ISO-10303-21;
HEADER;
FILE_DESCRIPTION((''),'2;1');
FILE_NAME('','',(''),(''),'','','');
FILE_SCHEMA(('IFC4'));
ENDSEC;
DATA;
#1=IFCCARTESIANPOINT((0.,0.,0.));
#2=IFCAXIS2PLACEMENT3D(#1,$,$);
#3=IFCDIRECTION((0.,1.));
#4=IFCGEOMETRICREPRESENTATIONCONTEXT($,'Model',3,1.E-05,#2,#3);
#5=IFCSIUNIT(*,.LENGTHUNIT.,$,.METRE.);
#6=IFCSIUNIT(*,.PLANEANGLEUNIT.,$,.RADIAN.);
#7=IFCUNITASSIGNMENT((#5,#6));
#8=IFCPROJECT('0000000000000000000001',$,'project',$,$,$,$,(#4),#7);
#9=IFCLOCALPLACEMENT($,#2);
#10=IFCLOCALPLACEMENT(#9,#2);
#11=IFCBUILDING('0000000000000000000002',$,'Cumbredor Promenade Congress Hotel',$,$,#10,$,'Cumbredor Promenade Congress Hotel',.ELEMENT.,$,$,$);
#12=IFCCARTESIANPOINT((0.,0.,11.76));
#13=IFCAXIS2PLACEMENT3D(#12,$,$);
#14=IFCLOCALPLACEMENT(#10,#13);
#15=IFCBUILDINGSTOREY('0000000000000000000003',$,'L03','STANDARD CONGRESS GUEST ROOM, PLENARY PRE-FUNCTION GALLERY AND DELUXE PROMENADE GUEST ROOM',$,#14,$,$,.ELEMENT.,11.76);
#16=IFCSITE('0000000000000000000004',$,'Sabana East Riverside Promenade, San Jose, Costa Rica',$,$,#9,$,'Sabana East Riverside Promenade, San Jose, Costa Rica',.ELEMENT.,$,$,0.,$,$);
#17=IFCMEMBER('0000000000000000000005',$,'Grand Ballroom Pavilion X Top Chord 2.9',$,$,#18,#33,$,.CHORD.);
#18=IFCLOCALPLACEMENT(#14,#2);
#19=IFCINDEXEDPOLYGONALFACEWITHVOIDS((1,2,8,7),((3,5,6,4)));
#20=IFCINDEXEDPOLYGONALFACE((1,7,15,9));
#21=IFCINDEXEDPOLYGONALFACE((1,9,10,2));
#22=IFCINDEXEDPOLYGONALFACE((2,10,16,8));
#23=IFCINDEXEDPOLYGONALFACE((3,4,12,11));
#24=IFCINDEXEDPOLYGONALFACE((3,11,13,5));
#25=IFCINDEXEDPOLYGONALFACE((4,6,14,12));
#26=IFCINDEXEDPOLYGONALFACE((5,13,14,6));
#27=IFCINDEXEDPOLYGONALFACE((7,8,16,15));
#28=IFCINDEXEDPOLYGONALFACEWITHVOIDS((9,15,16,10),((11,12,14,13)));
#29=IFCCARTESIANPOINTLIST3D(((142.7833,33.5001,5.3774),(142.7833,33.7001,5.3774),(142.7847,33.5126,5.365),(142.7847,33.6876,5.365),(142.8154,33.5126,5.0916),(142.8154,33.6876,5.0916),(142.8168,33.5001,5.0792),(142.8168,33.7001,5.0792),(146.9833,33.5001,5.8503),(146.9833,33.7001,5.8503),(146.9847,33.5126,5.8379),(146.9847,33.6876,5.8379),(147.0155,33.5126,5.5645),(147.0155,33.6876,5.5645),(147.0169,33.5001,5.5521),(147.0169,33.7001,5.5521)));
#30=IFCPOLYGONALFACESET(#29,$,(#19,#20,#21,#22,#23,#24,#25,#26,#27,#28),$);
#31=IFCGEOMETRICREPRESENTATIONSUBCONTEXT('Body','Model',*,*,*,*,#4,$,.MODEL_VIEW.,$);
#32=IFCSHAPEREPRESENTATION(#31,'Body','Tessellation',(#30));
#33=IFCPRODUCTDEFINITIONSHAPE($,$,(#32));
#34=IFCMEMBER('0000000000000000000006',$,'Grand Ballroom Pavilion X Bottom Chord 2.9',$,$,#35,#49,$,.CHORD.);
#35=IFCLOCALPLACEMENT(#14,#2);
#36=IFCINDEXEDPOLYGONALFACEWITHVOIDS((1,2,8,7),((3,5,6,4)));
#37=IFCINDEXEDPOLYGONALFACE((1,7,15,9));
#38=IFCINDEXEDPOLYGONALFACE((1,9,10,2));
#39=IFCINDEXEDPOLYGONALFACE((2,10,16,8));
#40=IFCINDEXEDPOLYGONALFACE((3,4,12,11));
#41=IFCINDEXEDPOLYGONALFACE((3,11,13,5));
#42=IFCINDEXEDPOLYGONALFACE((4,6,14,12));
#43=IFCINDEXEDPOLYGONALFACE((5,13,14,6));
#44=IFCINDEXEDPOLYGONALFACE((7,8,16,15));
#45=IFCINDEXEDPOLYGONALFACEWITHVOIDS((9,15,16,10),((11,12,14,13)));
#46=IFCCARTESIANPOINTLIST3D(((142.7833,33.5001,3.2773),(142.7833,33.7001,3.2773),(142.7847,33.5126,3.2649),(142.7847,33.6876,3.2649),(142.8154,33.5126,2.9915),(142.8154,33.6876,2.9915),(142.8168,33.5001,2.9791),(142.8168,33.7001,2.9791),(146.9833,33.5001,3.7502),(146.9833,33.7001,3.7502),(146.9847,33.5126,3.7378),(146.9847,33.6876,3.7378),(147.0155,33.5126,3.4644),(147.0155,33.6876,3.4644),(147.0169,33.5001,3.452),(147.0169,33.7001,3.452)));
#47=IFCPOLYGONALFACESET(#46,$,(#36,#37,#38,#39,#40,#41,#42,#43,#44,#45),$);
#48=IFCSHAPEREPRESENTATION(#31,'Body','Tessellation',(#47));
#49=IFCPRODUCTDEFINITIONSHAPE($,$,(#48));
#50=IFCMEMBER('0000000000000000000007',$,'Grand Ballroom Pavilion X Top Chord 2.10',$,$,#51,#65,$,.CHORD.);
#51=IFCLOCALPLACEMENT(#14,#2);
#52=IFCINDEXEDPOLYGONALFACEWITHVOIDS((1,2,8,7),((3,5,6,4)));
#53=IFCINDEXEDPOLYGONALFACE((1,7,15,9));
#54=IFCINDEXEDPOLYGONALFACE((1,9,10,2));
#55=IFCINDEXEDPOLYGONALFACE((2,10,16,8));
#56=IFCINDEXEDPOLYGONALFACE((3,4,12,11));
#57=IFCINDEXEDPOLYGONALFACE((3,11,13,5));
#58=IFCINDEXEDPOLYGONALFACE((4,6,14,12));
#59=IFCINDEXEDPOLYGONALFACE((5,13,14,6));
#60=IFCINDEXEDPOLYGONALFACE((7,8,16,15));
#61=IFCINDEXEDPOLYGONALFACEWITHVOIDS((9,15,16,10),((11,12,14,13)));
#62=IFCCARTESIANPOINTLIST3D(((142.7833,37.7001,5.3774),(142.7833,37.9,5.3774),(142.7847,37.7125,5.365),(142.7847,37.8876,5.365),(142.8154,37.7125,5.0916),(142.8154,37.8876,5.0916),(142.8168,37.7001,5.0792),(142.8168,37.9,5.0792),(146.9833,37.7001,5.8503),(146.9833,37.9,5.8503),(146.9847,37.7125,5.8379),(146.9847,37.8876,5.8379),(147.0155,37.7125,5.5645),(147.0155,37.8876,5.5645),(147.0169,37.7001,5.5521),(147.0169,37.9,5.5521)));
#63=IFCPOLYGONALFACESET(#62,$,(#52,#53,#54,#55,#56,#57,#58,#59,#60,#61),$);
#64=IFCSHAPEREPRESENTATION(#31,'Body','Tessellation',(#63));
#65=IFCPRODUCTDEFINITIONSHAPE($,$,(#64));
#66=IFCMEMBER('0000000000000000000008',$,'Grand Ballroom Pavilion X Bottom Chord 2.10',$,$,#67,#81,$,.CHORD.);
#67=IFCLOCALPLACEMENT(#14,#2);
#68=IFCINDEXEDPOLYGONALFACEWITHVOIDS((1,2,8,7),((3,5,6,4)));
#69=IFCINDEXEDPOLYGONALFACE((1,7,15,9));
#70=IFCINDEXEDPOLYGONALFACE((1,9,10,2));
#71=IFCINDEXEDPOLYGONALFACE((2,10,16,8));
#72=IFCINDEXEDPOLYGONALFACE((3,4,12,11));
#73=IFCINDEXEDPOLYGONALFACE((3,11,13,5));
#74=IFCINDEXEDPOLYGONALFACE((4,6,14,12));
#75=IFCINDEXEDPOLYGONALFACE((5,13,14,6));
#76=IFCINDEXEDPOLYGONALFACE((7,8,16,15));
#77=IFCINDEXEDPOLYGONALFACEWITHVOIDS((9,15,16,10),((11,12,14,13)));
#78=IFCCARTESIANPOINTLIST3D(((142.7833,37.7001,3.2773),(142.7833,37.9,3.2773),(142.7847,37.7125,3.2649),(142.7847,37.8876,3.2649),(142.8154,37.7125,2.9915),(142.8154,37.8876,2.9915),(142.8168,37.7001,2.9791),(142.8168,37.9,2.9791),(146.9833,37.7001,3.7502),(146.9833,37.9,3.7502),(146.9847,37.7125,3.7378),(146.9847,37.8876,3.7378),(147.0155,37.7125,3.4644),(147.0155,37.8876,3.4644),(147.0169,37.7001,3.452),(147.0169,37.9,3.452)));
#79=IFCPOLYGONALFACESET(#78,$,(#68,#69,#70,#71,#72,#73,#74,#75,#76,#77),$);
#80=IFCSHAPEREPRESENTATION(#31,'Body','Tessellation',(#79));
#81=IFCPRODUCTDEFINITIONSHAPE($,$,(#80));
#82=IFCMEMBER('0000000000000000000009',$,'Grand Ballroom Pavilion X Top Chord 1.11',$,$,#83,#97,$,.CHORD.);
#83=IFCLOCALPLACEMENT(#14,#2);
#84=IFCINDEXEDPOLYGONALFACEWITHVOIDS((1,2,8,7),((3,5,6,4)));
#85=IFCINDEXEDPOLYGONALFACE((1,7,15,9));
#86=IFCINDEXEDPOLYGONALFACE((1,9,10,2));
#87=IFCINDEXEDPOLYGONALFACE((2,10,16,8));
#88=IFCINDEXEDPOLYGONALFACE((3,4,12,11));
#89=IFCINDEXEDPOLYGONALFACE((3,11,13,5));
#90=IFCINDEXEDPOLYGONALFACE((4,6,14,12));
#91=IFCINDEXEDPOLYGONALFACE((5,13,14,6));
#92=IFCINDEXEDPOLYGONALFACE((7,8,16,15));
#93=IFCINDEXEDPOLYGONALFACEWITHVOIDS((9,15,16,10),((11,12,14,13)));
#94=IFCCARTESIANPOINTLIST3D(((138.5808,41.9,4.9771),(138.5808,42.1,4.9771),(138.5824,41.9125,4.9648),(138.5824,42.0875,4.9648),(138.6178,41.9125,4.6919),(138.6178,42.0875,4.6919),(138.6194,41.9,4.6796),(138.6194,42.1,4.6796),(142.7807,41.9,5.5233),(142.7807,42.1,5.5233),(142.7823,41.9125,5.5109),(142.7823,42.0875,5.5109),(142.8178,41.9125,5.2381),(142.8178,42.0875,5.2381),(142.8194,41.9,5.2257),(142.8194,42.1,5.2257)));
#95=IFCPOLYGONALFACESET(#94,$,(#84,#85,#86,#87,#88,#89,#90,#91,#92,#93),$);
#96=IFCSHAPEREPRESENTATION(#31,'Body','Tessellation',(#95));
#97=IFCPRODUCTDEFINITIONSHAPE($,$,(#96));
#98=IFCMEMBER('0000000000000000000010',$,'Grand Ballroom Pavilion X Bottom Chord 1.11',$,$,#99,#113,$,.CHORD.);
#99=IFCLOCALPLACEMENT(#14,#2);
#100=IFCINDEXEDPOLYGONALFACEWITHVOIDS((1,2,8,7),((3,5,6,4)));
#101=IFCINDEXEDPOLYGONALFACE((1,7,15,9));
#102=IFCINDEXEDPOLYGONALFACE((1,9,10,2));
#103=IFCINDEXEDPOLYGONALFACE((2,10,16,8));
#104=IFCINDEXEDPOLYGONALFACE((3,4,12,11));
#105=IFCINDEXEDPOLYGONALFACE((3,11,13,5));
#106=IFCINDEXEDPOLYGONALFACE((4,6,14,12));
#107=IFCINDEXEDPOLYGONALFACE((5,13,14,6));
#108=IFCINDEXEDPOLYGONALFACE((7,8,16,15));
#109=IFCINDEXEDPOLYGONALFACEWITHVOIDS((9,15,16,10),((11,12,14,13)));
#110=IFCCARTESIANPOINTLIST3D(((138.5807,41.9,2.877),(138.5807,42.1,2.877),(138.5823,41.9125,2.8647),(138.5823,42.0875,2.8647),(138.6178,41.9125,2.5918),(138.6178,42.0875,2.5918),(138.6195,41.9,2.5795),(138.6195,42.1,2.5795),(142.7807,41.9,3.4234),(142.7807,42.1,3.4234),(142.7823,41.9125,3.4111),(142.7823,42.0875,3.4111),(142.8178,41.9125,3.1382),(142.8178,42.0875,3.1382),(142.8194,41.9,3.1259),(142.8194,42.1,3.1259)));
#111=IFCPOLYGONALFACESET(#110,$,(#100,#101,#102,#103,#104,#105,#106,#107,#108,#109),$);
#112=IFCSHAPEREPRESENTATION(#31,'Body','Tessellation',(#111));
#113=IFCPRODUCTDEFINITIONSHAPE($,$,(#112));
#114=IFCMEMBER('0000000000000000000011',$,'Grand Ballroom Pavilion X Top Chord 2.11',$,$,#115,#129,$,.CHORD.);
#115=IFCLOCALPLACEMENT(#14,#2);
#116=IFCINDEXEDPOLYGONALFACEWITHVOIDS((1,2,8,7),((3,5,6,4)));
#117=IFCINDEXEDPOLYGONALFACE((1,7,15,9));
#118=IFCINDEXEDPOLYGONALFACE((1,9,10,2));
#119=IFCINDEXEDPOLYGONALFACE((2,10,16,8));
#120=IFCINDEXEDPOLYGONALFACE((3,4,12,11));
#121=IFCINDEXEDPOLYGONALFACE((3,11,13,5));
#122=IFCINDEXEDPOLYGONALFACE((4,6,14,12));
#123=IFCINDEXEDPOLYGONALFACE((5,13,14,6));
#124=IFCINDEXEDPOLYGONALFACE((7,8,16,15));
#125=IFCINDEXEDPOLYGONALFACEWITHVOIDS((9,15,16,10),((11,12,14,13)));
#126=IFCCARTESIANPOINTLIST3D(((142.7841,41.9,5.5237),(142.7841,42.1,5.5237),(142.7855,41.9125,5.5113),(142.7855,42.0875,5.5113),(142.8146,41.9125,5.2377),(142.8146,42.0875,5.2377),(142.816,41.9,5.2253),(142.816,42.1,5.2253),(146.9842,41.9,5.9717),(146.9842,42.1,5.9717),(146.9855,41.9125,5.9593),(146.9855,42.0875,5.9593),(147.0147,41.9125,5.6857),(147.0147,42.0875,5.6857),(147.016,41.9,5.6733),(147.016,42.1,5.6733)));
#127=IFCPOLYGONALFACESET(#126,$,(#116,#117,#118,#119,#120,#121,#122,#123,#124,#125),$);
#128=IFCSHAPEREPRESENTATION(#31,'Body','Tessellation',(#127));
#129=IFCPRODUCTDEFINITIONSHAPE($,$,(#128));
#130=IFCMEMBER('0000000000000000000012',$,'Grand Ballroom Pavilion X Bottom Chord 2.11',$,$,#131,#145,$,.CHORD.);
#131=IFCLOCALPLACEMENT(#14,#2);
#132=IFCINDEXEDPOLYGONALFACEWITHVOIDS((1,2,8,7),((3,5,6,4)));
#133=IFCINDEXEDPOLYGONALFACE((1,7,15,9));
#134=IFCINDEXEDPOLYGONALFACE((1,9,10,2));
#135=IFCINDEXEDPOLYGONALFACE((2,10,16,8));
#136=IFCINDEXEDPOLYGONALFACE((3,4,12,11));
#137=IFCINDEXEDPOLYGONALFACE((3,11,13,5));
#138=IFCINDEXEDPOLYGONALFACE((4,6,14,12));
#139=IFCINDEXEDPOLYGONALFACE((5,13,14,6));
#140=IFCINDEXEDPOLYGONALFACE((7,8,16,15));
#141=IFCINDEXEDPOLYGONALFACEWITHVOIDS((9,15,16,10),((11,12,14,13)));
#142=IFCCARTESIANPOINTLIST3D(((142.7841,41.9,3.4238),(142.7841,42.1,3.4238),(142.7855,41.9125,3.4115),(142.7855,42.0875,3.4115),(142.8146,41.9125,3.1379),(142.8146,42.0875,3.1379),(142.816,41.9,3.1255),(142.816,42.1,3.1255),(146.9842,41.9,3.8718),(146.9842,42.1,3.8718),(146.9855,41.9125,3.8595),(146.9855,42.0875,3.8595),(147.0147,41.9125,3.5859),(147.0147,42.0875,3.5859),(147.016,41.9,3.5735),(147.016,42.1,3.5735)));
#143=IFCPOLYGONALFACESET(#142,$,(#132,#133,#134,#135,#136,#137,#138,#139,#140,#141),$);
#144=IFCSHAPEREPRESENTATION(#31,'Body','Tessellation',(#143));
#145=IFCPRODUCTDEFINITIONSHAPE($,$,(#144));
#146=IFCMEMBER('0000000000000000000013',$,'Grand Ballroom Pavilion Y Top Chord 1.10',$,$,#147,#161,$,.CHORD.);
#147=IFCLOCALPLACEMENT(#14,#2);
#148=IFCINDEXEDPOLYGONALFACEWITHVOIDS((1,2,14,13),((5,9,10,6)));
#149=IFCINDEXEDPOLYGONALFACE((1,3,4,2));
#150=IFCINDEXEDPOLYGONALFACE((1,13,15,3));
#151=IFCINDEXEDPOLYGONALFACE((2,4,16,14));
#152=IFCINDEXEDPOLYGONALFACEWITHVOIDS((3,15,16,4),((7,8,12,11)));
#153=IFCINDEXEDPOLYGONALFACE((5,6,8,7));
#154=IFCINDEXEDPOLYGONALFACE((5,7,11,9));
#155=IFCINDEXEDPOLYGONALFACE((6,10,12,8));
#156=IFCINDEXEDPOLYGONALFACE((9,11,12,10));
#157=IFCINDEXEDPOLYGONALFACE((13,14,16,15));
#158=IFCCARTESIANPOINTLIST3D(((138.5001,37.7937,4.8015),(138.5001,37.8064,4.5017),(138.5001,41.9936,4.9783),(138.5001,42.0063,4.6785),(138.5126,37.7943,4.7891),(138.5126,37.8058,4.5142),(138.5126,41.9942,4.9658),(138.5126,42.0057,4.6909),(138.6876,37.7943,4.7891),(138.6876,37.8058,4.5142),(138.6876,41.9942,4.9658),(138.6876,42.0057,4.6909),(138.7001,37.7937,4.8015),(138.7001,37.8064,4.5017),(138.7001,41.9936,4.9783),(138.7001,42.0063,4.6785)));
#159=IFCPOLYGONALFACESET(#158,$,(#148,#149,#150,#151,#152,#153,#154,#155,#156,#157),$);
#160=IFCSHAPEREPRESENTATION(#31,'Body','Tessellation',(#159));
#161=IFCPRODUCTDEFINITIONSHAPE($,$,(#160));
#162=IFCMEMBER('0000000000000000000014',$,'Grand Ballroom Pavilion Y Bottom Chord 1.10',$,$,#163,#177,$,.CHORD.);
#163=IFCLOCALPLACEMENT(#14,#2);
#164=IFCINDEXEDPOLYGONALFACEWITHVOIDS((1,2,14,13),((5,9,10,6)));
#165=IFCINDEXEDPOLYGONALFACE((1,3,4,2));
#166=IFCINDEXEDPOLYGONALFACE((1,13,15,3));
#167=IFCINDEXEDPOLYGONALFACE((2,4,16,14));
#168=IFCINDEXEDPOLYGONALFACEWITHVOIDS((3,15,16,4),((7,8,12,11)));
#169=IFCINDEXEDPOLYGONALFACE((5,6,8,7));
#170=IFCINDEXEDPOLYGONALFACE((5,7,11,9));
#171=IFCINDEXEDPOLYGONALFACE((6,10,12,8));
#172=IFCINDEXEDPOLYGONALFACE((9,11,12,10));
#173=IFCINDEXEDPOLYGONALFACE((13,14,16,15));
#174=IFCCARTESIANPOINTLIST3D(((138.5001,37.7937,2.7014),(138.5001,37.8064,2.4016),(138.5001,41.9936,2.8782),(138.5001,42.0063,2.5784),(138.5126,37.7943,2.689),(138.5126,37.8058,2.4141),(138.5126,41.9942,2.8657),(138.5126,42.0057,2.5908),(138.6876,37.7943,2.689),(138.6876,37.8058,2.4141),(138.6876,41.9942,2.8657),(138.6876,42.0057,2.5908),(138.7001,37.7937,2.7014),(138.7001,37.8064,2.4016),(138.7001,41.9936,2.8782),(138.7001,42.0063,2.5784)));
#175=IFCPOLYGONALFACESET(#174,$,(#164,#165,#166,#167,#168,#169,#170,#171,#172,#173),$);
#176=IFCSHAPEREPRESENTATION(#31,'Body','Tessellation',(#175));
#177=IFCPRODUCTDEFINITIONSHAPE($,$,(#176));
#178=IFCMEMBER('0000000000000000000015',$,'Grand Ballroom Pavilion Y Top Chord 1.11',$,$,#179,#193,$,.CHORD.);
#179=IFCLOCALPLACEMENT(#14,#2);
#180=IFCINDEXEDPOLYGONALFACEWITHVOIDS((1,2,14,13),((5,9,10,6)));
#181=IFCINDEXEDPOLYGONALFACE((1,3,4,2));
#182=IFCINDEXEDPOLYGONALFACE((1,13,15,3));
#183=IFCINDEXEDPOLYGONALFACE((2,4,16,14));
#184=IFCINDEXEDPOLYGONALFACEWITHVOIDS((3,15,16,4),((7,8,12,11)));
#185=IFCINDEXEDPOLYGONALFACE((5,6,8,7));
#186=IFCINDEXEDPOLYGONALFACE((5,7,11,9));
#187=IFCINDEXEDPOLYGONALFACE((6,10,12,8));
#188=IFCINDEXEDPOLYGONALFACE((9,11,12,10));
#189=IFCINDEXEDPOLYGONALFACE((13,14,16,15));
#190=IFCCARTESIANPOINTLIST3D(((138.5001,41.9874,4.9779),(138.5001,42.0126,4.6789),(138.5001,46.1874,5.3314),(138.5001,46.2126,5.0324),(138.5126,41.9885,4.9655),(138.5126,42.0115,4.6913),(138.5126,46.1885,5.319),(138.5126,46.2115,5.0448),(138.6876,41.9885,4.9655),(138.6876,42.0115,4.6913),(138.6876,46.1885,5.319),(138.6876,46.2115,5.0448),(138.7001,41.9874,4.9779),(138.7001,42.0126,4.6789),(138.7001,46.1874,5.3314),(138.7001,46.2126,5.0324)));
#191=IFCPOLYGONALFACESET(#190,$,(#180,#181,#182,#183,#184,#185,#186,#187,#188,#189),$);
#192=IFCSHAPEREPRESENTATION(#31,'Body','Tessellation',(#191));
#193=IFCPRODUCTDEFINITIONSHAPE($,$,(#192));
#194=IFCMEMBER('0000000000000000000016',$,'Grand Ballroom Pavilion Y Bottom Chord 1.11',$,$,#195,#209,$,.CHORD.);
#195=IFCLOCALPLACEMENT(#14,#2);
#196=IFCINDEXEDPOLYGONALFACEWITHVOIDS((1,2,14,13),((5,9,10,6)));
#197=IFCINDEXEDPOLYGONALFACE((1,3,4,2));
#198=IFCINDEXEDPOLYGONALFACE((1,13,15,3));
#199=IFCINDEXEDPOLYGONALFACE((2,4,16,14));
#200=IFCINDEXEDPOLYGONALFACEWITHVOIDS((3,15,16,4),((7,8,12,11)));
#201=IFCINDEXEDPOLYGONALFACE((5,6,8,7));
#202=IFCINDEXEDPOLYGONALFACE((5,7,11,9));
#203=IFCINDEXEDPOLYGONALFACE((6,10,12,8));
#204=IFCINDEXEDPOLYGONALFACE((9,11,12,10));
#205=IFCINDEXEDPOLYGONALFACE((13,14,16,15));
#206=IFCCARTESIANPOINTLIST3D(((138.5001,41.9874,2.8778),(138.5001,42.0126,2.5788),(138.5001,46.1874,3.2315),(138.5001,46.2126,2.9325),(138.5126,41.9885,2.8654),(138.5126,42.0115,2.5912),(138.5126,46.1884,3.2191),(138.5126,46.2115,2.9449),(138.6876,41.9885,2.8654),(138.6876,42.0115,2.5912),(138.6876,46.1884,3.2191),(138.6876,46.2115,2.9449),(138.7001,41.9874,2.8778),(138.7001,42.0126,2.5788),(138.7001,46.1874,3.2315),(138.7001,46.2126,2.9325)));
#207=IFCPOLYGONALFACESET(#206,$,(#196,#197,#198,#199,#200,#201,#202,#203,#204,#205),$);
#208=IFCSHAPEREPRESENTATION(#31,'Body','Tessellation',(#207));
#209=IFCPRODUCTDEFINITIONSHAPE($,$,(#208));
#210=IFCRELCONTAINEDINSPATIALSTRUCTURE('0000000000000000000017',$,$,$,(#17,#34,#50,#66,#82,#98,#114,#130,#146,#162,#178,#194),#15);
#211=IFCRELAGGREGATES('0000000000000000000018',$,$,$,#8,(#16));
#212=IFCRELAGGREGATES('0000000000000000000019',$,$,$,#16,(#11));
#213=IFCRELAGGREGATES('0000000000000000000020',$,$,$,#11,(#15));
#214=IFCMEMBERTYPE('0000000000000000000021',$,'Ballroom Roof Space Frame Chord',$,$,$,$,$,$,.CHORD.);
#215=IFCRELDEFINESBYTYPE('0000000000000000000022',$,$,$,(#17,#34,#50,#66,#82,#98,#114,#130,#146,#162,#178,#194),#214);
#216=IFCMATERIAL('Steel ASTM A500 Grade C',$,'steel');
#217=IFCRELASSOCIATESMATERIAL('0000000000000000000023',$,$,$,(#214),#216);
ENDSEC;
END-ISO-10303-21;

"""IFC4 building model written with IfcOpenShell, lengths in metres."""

from ifc_helpers import new_model, si_unit, direction, frame, origin, origin_2d, place, context, subcontext, project, spatial, hollow_rectangle, extrude, material, material_profile, profile_set, type_object, element, save


model = new_model("IFC4")

# Units and contexts
model_context = context("Model", 3, precision=1e-05, world=origin(), true_north=direction((0.0, 1.0)))
body_context = subcontext(model_context, "Body", "Model", "MODEL_VIEW")
ifc_project = project(units=[si_unit("LENGTHUNIT", "METRE"), si_unit("PLANEANGLEUNIT", "RADIAN")], contexts=[model_context])

# Site, building, storey
site_placement = place(None, origin())
site = spatial("IfcSite", under=ifc_project, at=site_placement, Name="Sabana East Riverside Promenade, San Jose, Costa Rica", LongName="Sabana East Riverside Promenade, San Jose, Costa Rica", CompositionType="ELEMENT", RefElevation=0.0)
building_placement = place(site_placement, origin())
building = spatial("IfcBuilding", under=site, at=building_placement, Name="Cumbredor Promenade Congress Hotel", LongName="Cumbredor Promenade Congress Hotel", CompositionType="ELEMENT")
storey_placement = place(building_placement, frame((0.0, 0.0, 11.76)))
storey = spatial("IfcBuildingStorey", under=building, at=storey_placement, Name="L03", Description="STANDARD CONGRESS GUEST ROOM, PLENARY PRE-FUNCTION GALLERY AND DELUXE PROMENADE GUEST ROOM", CompositionType="ELEMENT", Elevation=11.76)

# Members
ifc_material_1 = material(Name="Steel ASTM A500 Grade C", Category="steel")
ifc_material_profile_1 = material_profile(ifc_material_1, hollow_rectangle(XDim=0.2, YDim=0.3, WallThickness=0.0125, at=origin_2d()), Name="HSS 300x200x12.5")
ifc_profile_set_1 = profile_set([ifc_material_profile_1], Name="Steel ASTM A500 Grade C")
member_type_1 = type_object("IfcMemberType", Name="Ballroom Roof Space Frame Chord", PredefinedType="CHORD", material=ifc_profile_set_1)
for number, where, z_axis, x_axis, name in (
    (1, (142.8, 33.6001, 5.2283), (0.993721, 0.0, 0.11189), (0.0, 1.0, 0.0), "Grand Ballroom Pavilion X Top Chord 2.9"),
    (2, (142.8, 33.6001, 3.1282), (0.993721, 0.0, 0.11189), (0.0, 1.0, 0.0), "Grand Ballroom Pavilion X Bottom Chord 2.9"),
    (3, (142.8, 37.8, 5.2283), (0.993721, 0.0, 0.11189), (0.0, 1.0, 0.0), "Grand Ballroom Pavilion X Top Chord 2.10"),
    (4, (142.8, 37.8, 3.1282), (0.993721, 0.0, 0.11189), (0.0, 1.0, 0.0), "Grand Ballroom Pavilion X Bottom Chord 2.10"),
):
    element("IfcMember", number, at=place(storey_placement, frame(where, z_axis=z_axis, x_axis=x_axis)), inside=storey, type_object=member_type_1, Name=name, PredefinedType="CHORD", context=body_context, shape_type="SweptSolid", body=[
        extrude(hollow_rectangle(XDim=0.2, YDim=0.3, WallThickness=0.0125, at=origin_2d()), origin(), (0.0, 0.0, 1.0), 4.2266),
    ])
for number, where, z_axis, x_axis, name in (
    (5, (138.6001, 42.0, 4.8284), (0.991651, 0.0, 0.12895), (0.0, 1.0, 0.0), "Grand Ballroom Pavilion X Top Chord 1.11"),
    (6, (138.6001, 42.0, 2.7283), (0.991644, 0.0, 0.129006), (0.0, 1.0, 0.0), "Grand Ballroom Pavilion X Bottom Chord 1.11"),
):
    element("IfcMember", number, at=place(storey_placement, frame(where, z_axis=z_axis, x_axis=x_axis)), inside=storey, type_object=member_type_1, Name=name, PredefinedType="CHORD", context=body_context, shape_type="SweptSolid", body=[
        extrude(hollow_rectangle(XDim=0.2, YDim=0.3, WallThickness=0.0125, at=origin_2d()), origin(), (0.0, 0.0, 1.0), 4.2354),
    ])
for number, where, z_axis, x_axis, name in (
    (7, (142.8, 42.0, 5.3745), (0.994359, 0.0, 0.106066), (0.0, 1.0, 0.0), "Grand Ballroom Pavilion X Top Chord 2.11"),
    (8, (142.8, 42.0, 3.2747), (0.994359, 0.0, 0.106066), (0.0, 1.0, 0.0), "Grand Ballroom Pavilion X Bottom Chord 2.11"),
):
    element("IfcMember", number, at=place(storey_placement, frame(where, z_axis=z_axis, x_axis=x_axis)), inside=storey, type_object=member_type_1, Name=name, PredefinedType="CHORD", context=body_context, shape_type="SweptSolid", body=[
        extrude(hollow_rectangle(XDim=0.2, YDim=0.3, WallThickness=0.0125, at=origin_2d()), origin(), (0.0, 0.0, 1.0), 4.2239),
    ])
for number, where, z_axis, x_axis, name in (
    (9, (138.6001, 37.8, 4.6516), (0.0, 0.999116, 0.042048), (-1.0, 0.0, 0.0), "Grand Ballroom Pavilion Y Top Chord 1.10"),
    (10, (138.6001, 37.8, 2.5515), (0.0, 0.999116, 0.042048), (-1.0, 0.0, 0.0), "Grand Ballroom Pavilion Y Bottom Chord 1.10"),
):
    element("IfcMember", number, at=place(storey_placement, frame(where, z_axis=z_axis, x_axis=x_axis)), inside=storey, type_object=member_type_1, Name=name, PredefinedType="CHORD", context=body_context, shape_type="SweptSolid", body=[
        extrude(hollow_rectangle(XDim=0.2, YDim=0.3, WallThickness=0.0125, at=origin_2d()), origin(), (0.0, 0.0, 1.0), 4.2036),
    ])
for number, where, z_axis, x_axis, name in (
    (11, (138.6001, 42.0, 4.8284), (0.0, 0.996476, 0.083875), (-1.0, 0.0, 0.0), "Grand Ballroom Pavilion Y Top Chord 1.11"),
    (12, (138.6001, 42.0, 2.7283), (0.0, 0.996471, 0.083932), (-1.0, 0.0, 0.0), "Grand Ballroom Pavilion Y Bottom Chord 1.11"),
):
    element("IfcMember", number, at=place(storey_placement, frame(where, z_axis=z_axis, x_axis=x_axis)), inside=storey, type_object=member_type_1, Name=name, PredefinedType="CHORD", context=body_context, shape_type="SweptSolid", body=[
        extrude(hollow_rectangle(XDim=0.2, YDim=0.3, WallThickness=0.0125, at=origin_2d()), origin(), (0.0, 0.0, 1.0), 4.2148),
    ])

save(model, "model.ifc")
